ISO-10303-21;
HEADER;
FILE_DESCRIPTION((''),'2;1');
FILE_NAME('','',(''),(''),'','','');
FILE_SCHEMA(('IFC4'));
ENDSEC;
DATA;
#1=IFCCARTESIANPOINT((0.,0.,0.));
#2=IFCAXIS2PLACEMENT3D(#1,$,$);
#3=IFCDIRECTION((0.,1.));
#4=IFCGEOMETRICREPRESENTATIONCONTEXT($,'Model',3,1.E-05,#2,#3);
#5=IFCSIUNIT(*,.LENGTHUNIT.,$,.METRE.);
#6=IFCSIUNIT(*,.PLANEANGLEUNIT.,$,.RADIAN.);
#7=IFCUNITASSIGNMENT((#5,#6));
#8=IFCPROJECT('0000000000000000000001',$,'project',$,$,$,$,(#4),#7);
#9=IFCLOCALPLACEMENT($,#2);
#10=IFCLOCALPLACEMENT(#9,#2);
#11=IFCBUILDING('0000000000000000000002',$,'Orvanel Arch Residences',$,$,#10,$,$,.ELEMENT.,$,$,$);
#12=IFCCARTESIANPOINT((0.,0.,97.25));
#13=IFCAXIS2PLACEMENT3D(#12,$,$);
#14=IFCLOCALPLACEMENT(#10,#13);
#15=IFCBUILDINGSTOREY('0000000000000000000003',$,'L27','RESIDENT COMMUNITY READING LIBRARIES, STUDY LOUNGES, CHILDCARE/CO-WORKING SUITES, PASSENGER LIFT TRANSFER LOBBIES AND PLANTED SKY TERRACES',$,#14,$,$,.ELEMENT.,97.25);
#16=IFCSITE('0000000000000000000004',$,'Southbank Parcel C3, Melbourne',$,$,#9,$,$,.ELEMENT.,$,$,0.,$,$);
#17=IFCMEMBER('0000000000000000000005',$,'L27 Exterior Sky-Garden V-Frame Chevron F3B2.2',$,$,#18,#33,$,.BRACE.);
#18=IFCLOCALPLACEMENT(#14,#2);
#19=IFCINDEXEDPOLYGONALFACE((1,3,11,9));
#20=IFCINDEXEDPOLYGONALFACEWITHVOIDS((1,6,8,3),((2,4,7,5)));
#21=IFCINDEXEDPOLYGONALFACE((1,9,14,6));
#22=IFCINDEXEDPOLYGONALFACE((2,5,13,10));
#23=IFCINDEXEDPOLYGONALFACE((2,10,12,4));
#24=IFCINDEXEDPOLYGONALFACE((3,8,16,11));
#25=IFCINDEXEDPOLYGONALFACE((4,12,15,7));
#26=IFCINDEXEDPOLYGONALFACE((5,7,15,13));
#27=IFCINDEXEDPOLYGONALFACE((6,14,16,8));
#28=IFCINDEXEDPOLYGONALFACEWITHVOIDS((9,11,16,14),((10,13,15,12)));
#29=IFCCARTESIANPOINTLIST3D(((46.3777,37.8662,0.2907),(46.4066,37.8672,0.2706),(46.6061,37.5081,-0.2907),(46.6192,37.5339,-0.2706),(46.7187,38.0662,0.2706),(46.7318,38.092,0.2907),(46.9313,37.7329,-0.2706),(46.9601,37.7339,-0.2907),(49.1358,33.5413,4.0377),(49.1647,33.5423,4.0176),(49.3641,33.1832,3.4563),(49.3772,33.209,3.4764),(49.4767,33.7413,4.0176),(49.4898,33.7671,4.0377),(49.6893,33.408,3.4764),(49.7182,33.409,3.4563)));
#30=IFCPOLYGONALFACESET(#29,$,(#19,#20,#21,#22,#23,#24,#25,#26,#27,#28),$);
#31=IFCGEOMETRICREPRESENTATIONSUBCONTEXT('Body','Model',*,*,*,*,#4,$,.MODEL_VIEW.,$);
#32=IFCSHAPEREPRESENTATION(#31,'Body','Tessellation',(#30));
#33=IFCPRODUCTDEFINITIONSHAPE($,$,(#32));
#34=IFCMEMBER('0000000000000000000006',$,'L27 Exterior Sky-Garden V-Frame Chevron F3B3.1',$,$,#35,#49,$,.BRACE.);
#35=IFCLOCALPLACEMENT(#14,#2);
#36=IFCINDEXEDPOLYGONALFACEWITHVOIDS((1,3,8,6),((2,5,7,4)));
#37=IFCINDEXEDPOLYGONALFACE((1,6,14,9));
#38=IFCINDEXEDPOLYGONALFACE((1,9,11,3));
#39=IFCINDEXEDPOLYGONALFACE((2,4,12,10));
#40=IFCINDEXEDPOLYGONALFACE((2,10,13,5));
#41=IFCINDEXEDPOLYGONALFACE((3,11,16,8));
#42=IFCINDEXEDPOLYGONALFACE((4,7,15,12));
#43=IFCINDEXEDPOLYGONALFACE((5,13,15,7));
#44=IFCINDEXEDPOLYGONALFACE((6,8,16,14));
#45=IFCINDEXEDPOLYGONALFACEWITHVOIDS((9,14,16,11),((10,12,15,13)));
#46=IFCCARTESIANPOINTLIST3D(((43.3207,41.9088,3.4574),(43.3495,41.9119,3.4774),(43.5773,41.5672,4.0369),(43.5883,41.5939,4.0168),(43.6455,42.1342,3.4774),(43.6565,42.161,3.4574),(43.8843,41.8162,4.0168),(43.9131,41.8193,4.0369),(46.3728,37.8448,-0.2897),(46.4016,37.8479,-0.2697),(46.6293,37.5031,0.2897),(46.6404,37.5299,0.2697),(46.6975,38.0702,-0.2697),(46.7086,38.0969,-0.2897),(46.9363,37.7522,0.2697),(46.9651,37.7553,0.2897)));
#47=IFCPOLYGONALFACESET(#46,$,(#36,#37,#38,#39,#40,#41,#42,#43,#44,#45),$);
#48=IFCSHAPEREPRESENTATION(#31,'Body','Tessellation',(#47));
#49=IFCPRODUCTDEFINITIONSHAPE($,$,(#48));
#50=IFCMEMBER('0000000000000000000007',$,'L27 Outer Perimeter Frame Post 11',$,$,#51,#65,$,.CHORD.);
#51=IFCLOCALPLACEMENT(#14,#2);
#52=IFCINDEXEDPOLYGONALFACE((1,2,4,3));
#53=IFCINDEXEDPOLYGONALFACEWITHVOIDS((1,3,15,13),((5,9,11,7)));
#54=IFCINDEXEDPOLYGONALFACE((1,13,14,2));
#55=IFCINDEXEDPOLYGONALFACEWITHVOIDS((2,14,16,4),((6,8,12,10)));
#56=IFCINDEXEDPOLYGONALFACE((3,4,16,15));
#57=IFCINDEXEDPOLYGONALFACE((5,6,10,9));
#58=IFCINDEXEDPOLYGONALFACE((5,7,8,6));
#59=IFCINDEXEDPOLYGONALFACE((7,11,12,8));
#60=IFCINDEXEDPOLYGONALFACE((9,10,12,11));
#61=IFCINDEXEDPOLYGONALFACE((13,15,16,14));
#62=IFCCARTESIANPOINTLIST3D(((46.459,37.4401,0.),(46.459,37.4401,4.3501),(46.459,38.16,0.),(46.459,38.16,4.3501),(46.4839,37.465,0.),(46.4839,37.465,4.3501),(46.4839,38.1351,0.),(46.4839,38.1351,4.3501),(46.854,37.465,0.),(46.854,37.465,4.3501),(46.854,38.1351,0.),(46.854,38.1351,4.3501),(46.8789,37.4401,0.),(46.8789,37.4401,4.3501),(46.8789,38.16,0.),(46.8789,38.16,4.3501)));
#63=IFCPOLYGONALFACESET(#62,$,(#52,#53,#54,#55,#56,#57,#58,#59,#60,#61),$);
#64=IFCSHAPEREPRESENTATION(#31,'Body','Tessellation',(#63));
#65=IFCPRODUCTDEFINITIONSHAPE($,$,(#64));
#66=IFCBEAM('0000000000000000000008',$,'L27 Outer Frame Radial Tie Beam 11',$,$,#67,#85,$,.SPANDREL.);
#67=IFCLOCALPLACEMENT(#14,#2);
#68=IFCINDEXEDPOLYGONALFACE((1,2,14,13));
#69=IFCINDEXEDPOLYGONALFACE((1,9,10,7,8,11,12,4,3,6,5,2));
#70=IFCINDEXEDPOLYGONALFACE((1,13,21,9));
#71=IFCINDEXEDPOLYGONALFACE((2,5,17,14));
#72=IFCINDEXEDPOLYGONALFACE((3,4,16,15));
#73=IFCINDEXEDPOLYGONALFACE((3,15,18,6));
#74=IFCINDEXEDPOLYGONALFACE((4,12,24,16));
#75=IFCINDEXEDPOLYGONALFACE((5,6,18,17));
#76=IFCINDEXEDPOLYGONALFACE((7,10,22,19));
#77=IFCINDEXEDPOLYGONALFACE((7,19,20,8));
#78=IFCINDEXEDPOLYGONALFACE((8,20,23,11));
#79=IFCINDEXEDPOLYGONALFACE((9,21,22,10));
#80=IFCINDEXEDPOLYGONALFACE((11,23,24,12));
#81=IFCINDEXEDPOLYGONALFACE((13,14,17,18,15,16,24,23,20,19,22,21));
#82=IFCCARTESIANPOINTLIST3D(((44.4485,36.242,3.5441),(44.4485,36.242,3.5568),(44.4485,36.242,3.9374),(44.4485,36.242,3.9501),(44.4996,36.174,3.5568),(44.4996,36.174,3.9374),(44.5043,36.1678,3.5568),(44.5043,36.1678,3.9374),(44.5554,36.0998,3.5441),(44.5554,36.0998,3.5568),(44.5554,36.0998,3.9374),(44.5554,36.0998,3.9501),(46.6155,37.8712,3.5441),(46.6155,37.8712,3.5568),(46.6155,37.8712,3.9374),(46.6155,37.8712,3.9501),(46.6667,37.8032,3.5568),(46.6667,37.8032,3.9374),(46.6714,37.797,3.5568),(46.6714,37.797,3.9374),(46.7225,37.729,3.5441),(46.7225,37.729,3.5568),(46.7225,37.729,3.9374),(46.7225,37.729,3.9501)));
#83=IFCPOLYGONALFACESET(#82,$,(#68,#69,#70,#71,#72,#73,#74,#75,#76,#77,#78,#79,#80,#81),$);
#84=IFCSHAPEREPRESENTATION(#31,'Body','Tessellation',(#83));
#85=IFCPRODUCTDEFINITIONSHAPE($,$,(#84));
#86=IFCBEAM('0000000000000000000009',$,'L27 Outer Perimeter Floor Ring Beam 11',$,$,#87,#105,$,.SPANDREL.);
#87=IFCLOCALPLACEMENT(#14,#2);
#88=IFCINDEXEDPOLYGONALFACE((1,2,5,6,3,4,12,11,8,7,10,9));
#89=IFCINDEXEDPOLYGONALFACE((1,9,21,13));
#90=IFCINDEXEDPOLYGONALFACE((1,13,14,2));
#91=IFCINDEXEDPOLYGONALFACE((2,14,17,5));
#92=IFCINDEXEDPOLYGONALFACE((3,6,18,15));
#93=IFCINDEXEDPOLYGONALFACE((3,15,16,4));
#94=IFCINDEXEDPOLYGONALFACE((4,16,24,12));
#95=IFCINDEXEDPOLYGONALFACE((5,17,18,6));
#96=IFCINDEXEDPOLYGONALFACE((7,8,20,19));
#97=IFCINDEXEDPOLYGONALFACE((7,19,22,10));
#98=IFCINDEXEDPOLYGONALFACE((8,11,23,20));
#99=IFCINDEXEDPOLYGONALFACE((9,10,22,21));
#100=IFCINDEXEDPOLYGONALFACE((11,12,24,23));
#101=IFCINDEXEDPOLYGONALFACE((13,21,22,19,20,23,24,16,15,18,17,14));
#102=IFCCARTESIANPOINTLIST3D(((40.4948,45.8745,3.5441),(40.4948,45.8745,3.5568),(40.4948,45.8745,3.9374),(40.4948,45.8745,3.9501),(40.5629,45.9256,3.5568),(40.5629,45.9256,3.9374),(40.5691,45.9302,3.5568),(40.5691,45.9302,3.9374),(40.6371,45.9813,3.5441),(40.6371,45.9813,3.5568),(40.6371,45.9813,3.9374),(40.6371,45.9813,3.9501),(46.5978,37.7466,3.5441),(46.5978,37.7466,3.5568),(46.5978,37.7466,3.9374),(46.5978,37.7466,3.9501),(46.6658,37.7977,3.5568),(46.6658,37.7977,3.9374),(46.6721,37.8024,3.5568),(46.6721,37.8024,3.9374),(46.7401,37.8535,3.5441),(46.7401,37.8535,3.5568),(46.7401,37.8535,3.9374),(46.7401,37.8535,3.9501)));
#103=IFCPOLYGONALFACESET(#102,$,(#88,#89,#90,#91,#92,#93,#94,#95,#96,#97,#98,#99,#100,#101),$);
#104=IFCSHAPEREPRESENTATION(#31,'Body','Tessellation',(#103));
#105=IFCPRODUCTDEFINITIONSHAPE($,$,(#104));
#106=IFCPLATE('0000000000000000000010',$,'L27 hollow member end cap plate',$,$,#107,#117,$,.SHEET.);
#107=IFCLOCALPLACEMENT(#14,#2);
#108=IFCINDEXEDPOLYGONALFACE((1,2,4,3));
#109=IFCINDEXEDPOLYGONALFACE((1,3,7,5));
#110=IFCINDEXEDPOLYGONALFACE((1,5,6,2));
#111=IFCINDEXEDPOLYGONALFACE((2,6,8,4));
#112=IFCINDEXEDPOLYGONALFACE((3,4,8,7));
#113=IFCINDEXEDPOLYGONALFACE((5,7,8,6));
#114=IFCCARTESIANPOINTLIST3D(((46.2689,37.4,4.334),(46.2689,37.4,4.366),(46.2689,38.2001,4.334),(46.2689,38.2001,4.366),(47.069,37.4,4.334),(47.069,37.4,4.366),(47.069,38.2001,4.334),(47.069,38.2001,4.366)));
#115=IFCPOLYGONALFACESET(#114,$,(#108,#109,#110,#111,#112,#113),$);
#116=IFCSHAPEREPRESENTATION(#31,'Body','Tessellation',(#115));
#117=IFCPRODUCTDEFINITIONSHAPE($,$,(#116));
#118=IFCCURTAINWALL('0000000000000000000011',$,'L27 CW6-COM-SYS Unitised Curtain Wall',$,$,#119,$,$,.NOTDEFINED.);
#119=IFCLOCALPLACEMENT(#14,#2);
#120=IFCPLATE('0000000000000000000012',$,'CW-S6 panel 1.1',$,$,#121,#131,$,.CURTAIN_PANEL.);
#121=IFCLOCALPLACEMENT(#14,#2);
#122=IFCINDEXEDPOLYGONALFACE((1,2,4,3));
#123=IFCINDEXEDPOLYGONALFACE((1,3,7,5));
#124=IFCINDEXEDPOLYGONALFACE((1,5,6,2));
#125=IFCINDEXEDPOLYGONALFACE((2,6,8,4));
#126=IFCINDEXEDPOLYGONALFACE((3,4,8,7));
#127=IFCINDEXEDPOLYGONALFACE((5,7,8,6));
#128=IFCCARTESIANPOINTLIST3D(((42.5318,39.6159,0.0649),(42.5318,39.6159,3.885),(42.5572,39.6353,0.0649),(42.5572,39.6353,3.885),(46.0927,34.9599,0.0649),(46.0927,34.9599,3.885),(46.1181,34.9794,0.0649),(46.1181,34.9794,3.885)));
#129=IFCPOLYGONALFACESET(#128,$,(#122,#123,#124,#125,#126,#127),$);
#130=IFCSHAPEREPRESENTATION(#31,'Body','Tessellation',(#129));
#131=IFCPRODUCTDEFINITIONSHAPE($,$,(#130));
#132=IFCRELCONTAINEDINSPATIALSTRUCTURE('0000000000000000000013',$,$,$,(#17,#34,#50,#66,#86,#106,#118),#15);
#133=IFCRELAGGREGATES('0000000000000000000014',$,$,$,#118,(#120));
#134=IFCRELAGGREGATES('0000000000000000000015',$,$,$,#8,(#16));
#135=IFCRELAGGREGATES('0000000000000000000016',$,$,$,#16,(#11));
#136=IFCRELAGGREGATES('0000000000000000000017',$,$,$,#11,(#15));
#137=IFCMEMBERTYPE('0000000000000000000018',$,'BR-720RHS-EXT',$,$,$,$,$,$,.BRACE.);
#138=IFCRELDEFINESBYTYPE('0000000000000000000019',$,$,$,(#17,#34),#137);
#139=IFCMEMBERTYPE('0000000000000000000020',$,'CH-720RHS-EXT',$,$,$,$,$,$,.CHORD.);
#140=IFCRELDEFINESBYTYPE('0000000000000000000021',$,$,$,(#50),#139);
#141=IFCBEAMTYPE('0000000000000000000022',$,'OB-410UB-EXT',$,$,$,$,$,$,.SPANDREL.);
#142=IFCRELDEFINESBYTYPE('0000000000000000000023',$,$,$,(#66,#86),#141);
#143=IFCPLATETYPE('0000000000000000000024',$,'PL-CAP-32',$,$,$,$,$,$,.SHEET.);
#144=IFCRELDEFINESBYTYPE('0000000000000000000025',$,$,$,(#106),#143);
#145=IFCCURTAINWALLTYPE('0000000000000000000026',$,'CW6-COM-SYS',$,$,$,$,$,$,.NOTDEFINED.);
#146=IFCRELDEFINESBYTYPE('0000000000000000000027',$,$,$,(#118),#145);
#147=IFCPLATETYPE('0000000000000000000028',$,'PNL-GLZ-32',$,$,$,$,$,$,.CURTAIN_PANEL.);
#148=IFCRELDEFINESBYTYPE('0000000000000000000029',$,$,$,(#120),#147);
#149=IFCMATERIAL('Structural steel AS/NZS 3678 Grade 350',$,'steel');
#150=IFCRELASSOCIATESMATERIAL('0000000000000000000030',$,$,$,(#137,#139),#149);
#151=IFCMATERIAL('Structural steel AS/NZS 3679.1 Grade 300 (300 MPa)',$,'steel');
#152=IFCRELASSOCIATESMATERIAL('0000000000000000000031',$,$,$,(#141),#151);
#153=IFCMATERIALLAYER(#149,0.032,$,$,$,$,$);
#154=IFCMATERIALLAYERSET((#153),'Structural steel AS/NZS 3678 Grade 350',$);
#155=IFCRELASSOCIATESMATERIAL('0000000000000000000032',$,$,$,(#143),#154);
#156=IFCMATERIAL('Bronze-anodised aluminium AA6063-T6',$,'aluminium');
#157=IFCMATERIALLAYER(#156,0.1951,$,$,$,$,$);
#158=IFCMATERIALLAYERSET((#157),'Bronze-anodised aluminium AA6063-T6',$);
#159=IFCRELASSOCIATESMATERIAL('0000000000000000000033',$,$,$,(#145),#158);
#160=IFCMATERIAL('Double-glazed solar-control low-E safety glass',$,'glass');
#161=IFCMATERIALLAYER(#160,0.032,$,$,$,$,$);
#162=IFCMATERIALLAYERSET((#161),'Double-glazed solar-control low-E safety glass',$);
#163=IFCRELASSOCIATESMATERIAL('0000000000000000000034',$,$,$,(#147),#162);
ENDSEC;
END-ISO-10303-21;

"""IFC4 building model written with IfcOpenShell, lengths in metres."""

from ifc_helpers import new_model, si_unit, direction, frame, origin, origin_2d, place, context, subcontext, project, spatial, rectangle, hollow_rectangle, i_section, extrude, material, layer, layer_set, material_profile, profile_set, type_object, element, aggregate, save


model = new_model("IFC4")

# Units and contexts
model_context = context("Model", 3, precision=1e-05, world=origin(), true_north=direction((0.0, 1.0)))
body_context = subcontext(model_context, "Body", "Model", "MODEL_VIEW")
ifc_project = project(units=[si_unit("LENGTHUNIT", "METRE"), si_unit("PLANEANGLEUNIT", "RADIAN")], contexts=[model_context])

# Site, building, storey
site_placement = place(None, origin())
site = spatial("IfcSite", under=ifc_project, at=site_placement, Name="Southbank Parcel C3, Melbourne", CompositionType="ELEMENT", RefElevation=0.0)
building_placement = place(site_placement, origin())
building = spatial("IfcBuilding", under=site, at=building_placement, Name="Orvanel Arch Residences", CompositionType="ELEMENT")
storey_placement = place(building_placement, frame((0.0, 0.0, 97.25)))
storey = spatial("IfcBuildingStorey", under=building, at=storey_placement, Name="L27", Description="RESIDENT COMMUNITY READING LIBRARIES, STUDY LOUNGES, CHILDCARE/CO-WORKING SUITES, PASSENGER LIFT TRANSFER LOBBIES AND PLANTED SKY TERRACES", CompositionType="ELEMENT", Elevation=97.25)

# Members
ifc_material_1 = material(Name="Structural steel AS/NZS 3678 Grade 350", Category="steel")
ifc_material_profile_1 = material_profile(ifc_material_1, hollow_rectangle(XDim=0.4199, YDim=0.72, WallThickness=0.0249, at=origin_2d()), Name="RHS720x420x25")
ifc_profile_set_1 = profile_set([ifc_material_profile_1], Name="Structural steel AS/NZS 3678 Grade 350")
member_type_1 = type_object("IfcMemberType", Name="BR-720RHS-EXT", PredefinedType="BRACE", material=ifc_profile_set_1)
member_1_placement = place(storey_placement, frame((46.6689, 37.8, 0.0), z_axis=(0.434178, -0.68084, 0.58987), x_axis=(0.843148, 0.537682, 0.0)))
element("IfcMember", 1, at=member_1_placement, inside=storey, type_object=member_type_1, Name="L27 Exterior Sky-Garden V-Frame Chevron F3B2.2", PredefinedType="BRACE", context=body_context, shape_type="SweptSolid", body=[
    extrude(hollow_rectangle(XDim=0.4199, YDim=0.72, WallThickness=0.0249, at=origin_2d()), origin(), (0.0, 0.0, 1.0), 6.3523),
])
member_2_placement = place(storey_placement, frame((46.6689, 37.8, 0.0), z_axis=(-0.483344, 0.643607, 0.593421), x_axis=(-0.799619, -0.600507, 0.0)))
element("IfcMember", 2, at=member_2_placement, inside=storey, type_object=member_type_1, Name="L27 Exterior Sky-Garden V-Frame Chevron F3B3.1", PredefinedType="BRACE", context=body_context, shape_type="SweptSolid", body=[
    extrude(hollow_rectangle(XDim=0.4199, YDim=0.72, WallThickness=0.0249, at=origin_2d()), origin(), (0.0, 0.0, 1.0), 6.3145),
])
ifc_material_profile_2 = material_profile(ifc_material_1, hollow_rectangle(XDim=0.4199, YDim=0.72, WallThickness=0.0249, at=origin_2d()), Name="RHS720x420x25")
ifc_profile_set_2 = profile_set([ifc_material_profile_2], Name="Structural steel AS/NZS 3678 Grade 350")
member_type_2 = type_object("IfcMemberType", Name="CH-720RHS-EXT", PredefinedType="CHORD", material=ifc_profile_set_2)
member_3_placement = place(storey_placement, frame((46.6689, 37.8, 0.0), z_axis=(0.0, 0.0, 1.0), x_axis=(1.0, 0.0, 0.0)))
element("IfcMember", 3, at=member_3_placement, inside=storey, type_object=member_type_2, Name="L27 Outer Perimeter Frame Post 11", PredefinedType="CHORD", context=body_context, shape_type="SweptSolid", body=[
    extrude(hollow_rectangle(XDim=0.4199, YDim=0.72, WallThickness=0.0249, at=origin_2d()), origin(), (0.0, 0.0, 1.0), 4.3501),
])

# Beams
ifc_material_2 = material(Name="Structural steel AS/NZS 3679.1 Grade 300 (300 MPa)", Category="steel")
ifc_material_profile_3 = material_profile(ifc_material_2, i_section(OverallWidth=0.178, OverallDepth=0.406, WebThickness=0.0078, FlangeThickness=0.0127, at=origin_2d()), Name="410UB59.7")
ifc_profile_set_3 = profile_set([ifc_material_profile_3], Name="Structural steel AS/NZS 3679.1 Grade 300 (300 MPa)")
beam_type = type_object("IfcBeamType", Name="OB-410UB-EXT", PredefinedType="SPANDREL", material=ifc_profile_set_3)
beam_1_placement = place(storey_placement, frame((44.502, 36.1709, 3.7471), z_axis=(0.799308, 0.600922, 0.0), x_axis=(-0.600922, 0.799308, 0.0)))
element("IfcBeam", 4, at=beam_1_placement, inside=storey, type_object=beam_type, Name="L27 Outer Frame Radial Tie Beam 11", PredefinedType="SPANDREL", context=body_context, shape_type="SweptSolid", body=[
    extrude(i_section(OverallWidth=0.178, OverallDepth=0.406, WebThickness=0.0078, FlangeThickness=0.0127, at=origin_2d()), origin(), (0.0, 0.0, 1.0), 2.7112),
])
beam_2_placement = place(storey_placement, frame((46.6689, 37.8, 3.7471), z_axis=(-0.600446, 0.799666, 0.0), x_axis=(-0.799666, -0.600446, 0.0)))
element("IfcBeam", 5, at=beam_2_placement, inside=storey, type_object=beam_type, Name="L27 Outer Perimeter Floor Ring Beam 11", PredefinedType="SPANDREL", context=body_context, shape_type="SweptSolid", body=[
    extrude(i_section(OverallWidth=0.178, OverallDepth=0.406, WebThickness=0.0078, FlangeThickness=0.0127, at=origin_2d()), origin(), (0.0, 0.0, 1.0), 10.1641),
])

# Plate
ifc_layer_1 = layer(ifc_material_1, 0.032)
ifc_layer_set_1 = layer_set([ifc_layer_1], Name="Structural steel AS/NZS 3678 Grade 350")
plate_type_1 = type_object("IfcPlateType", Name="PL-CAP-32", PredefinedType="SHEET", material=ifc_layer_set_1)
plate_1_placement = place(storey_placement, frame((46.6689, 37.8, 4.334), z_axis=(0.0, 0.0, 1.0), x_axis=(1.0, 0.0, 0.0)))
element("IfcPlate", 6, at=plate_1_placement, inside=storey, type_object=plate_type_1, Name="L27 hollow member end cap plate", PredefinedType="SHEET", context=body_context, shape_type="SweptSolid", body=[
    extrude(rectangle(XDim=0.8, YDim=0.8, at=origin_2d()), origin(), (0.0, 0.0, 1.0), 0.032),
])

# Curtain wall, plate
ifc_material_3 = material(Name="Bronze-anodised aluminium AA6063-T6", Category="aluminium")
ifc_layer_2 = layer(ifc_material_3, 0.1951)
ifc_layer_set_2 = layer_set([ifc_layer_2], Name="Bronze-anodised aluminium AA6063-T6")
curtain_wall_type = type_object("IfcCurtainWallType", Name="CW6-COM-SYS", PredefinedType="NOTDEFINED", material=ifc_layer_set_2)
curtain_wall_placement = place(storey_placement, origin())
curtain_wall = element("IfcCurtainWall", 7, at=curtain_wall_placement, inside=storey, type_object=curtain_wall_type, Name="L27 CW6-COM-SYS Unitised Curtain Wall", PredefinedType="NOTDEFINED")
ifc_material_4 = material(Name="Double-glazed solar-control low-E safety glass", Category="glass")
ifc_layer_3 = layer(ifc_material_4, 0.032)
ifc_layer_set_3 = layer_set([ifc_layer_3], Name="Double-glazed solar-control low-E safety glass")
plate_type_2 = type_object("IfcPlateType", Name="PNL-GLZ-32", PredefinedType="CURTAIN_PANEL", material=ifc_layer_set_3)
plate_2_placement = place(storey_placement, frame((44.325, 37.2976, 0.0649), z_axis=(0.0, 0.0, 1.0), x_axis=(-0.607508, 0.794313, 0.0)))
plate_2 = element("IfcPlate", 8, at=plate_2_placement, type_object=plate_type_2, Name="CW-S6 panel 1.1", PredefinedType="CURTAIN_PANEL", context=body_context, shape_type="SweptSolid", body=[
    extrude(rectangle(XDim=5.8616, YDim=0.032, at=origin_2d()), origin(), (0.0, 0.0, 1.0), 3.8201),
])
aggregate(curtain_wall, [plate_2])

save(model, "model.ifc")
